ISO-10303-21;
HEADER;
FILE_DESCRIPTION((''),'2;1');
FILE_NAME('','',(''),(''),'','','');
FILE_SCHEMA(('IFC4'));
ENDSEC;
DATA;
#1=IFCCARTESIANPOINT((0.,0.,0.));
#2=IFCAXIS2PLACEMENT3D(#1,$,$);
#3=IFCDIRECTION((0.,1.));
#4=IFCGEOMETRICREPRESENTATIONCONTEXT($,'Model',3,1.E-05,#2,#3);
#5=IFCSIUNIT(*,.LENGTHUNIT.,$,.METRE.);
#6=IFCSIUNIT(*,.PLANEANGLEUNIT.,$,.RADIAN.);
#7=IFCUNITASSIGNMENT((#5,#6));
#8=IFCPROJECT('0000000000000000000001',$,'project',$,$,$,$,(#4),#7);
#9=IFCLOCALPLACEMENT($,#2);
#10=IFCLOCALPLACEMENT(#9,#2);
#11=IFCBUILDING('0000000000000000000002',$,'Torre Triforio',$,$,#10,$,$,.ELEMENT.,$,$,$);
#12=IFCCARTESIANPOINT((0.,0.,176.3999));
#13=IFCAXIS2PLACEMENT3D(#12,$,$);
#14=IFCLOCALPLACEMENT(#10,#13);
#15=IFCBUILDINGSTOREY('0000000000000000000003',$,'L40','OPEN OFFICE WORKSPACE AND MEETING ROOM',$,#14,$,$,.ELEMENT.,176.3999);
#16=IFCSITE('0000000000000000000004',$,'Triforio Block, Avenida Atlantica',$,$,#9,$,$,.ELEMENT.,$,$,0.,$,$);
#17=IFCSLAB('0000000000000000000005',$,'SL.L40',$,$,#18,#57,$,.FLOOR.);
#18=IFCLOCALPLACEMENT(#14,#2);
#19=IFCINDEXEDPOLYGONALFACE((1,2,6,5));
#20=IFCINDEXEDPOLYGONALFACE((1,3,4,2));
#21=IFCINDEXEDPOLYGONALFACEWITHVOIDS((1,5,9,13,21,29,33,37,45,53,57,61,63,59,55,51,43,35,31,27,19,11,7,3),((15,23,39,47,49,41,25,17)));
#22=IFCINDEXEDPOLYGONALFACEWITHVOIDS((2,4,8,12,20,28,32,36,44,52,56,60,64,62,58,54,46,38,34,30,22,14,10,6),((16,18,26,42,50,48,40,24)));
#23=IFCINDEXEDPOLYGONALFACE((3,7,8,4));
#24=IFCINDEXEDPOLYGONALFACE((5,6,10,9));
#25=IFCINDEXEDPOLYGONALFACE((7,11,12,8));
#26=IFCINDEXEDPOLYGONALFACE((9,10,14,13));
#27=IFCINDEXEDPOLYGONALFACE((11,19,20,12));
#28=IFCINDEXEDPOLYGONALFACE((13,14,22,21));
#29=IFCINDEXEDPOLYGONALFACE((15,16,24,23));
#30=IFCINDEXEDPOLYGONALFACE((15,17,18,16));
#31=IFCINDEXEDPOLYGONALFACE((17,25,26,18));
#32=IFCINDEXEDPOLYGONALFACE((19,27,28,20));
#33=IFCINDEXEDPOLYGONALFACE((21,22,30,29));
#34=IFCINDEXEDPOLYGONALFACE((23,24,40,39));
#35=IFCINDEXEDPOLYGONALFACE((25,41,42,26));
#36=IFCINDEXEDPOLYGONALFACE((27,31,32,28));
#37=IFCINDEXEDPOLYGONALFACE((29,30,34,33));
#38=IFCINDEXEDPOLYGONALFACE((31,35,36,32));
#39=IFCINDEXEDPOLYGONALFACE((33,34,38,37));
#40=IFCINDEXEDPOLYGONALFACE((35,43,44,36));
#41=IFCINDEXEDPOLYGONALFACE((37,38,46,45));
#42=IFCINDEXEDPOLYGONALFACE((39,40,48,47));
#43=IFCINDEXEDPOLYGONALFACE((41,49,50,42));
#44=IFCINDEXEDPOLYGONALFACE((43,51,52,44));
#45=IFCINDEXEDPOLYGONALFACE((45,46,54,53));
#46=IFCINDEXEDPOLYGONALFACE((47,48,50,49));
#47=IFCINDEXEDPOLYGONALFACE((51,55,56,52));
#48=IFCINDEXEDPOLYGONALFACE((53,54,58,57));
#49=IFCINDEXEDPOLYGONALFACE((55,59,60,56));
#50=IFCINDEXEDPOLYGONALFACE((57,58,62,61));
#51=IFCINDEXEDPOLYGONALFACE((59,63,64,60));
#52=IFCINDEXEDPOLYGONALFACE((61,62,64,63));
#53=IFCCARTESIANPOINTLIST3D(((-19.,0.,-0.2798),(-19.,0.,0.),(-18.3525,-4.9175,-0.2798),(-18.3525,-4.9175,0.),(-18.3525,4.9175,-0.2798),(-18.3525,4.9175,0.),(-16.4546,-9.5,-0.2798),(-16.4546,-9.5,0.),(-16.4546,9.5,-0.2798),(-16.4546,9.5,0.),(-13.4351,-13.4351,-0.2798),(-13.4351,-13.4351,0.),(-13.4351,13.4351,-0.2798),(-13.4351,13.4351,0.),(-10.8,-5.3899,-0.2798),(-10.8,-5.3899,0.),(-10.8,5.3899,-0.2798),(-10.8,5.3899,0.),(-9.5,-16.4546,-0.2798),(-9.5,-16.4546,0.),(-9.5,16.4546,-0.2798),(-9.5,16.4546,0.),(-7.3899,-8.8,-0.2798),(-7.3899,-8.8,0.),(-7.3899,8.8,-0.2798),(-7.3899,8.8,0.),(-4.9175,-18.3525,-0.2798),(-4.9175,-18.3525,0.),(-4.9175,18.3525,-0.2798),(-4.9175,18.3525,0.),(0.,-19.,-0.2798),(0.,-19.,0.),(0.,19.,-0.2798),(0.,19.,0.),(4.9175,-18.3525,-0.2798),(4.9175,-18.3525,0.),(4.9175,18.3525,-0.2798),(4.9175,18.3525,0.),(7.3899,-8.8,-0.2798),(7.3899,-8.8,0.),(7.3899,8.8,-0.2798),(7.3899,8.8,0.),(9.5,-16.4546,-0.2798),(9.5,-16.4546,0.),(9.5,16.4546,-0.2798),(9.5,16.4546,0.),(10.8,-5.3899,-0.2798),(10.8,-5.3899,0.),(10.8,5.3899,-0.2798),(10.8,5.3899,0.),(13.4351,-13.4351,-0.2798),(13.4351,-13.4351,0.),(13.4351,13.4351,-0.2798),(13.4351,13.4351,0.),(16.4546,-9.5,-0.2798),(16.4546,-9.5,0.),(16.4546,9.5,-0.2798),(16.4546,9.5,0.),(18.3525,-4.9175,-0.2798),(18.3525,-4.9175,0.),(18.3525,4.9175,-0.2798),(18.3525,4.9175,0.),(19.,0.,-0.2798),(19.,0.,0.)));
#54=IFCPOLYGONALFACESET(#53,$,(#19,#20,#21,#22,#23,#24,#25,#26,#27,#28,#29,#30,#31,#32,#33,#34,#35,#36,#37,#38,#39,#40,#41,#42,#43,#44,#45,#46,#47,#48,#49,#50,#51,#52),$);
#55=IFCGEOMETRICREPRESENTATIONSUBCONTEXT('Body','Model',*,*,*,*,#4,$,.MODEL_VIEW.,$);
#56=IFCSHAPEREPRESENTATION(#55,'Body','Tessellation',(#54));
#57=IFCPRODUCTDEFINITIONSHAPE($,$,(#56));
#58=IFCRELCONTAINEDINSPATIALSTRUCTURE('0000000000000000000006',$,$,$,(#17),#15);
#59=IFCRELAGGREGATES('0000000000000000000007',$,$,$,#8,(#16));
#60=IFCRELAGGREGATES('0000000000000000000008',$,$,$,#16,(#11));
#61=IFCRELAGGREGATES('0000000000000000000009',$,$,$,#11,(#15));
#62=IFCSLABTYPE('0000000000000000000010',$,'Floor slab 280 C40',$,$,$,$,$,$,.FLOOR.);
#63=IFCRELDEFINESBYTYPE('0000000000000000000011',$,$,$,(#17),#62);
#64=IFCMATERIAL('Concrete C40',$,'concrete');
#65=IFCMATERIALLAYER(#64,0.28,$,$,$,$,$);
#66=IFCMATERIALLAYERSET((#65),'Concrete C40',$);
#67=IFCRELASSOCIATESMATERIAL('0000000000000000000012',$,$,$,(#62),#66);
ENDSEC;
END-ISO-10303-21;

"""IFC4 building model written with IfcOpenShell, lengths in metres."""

from ifc_helpers import new_model, si_unit, direction, frame, origin, place, context, subcontext, project, spatial, polyline, outline, extrude, material, layer, layer_set, type_object, element, save


model = new_model("IFC4")

# Units and contexts
model_context = context("Model", 3, precision=1e-05, world=origin(), true_north=direction((0.0, 1.0)))
body_context = subcontext(model_context, "Body", "Model", "MODEL_VIEW")
ifc_project = project(units=[si_unit("LENGTHUNIT", "METRE"), si_unit("PLANEANGLEUNIT", "RADIAN")], contexts=[model_context])

# Site, building, storey
site_placement = place(None, origin())
site = spatial("IfcSite", under=ifc_project, at=site_placement, Name="Triforio Block, Avenida Atlantica", CompositionType="ELEMENT", RefElevation=0.0)
building_placement = place(site_placement, origin())
building = spatial("IfcBuilding", under=site, at=building_placement, Name="Torre Triforio", CompositionType="ELEMENT")
storey_placement = place(building_placement, frame((0.0, 0.0, 176.3999)))
storey = spatial("IfcBuildingStorey", under=building, at=storey_placement, Name="L40", Description="OPEN OFFICE WORKSPACE AND MEETING ROOM", CompositionType="ELEMENT", Elevation=176.3999)

# Slab
ifc_material_1 = material(Name="Concrete C40", Category="concrete")
ifc_layer_1 = layer(ifc_material_1, 0.28)
ifc_layer_set_1 = layer_set([ifc_layer_1], Name="Concrete C40")
slab_type_1 = type_object("IfcSlabType", Name="Floor slab 280 C40", PredefinedType="FLOOR", material=ifc_layer_set_1)
slab_1_placement = place(storey_placement, frame((0.0, 0.0, -0.2798)))
element("IfcSlab", 1, at=slab_1_placement, inside=storey, type_object=slab_type_1, Name="SL.L40", PredefinedType="FLOOR", context=body_context, shape_type="SweptSolid", body=[
    extrude(outline(polyline([(16.4546, -9.5), (18.3525, -4.9175), (19.0, 0.0), (18.3525, 4.9175), (16.4546, 9.5), (13.4351, 13.4351), (9.5, 16.4546), (4.9175, 18.3525), (0.0, 19.0), (-4.9175, 18.3525), (-9.5, 16.4546), (-13.4351, 13.4351), (-16.4546, 9.5), (-18.3525, 4.9175), (-19.0, 0.0), (-18.3525, -4.9175), (-16.4546, -9.5), (-13.4351, -13.4351), (-9.5, -16.4546), (-4.9175, -18.3525), (0.0, -19.0), (4.9175, -18.3525), (9.5, -16.4546), (13.4351, -13.4351), (16.4546, -9.5)]), holes=[polyline([(10.8, 5.3899), (10.8, -5.3899), (7.3899, -8.8), (-7.3899, -8.8), (-10.8, -5.3899), (-10.8, 5.3899), (-7.3899, 8.8), (7.3899, 8.8), (10.8, 5.3899)])]), origin(), (0.0, 0.0, 1.0), 0.2798),
])

save(model, "model.ifc")
